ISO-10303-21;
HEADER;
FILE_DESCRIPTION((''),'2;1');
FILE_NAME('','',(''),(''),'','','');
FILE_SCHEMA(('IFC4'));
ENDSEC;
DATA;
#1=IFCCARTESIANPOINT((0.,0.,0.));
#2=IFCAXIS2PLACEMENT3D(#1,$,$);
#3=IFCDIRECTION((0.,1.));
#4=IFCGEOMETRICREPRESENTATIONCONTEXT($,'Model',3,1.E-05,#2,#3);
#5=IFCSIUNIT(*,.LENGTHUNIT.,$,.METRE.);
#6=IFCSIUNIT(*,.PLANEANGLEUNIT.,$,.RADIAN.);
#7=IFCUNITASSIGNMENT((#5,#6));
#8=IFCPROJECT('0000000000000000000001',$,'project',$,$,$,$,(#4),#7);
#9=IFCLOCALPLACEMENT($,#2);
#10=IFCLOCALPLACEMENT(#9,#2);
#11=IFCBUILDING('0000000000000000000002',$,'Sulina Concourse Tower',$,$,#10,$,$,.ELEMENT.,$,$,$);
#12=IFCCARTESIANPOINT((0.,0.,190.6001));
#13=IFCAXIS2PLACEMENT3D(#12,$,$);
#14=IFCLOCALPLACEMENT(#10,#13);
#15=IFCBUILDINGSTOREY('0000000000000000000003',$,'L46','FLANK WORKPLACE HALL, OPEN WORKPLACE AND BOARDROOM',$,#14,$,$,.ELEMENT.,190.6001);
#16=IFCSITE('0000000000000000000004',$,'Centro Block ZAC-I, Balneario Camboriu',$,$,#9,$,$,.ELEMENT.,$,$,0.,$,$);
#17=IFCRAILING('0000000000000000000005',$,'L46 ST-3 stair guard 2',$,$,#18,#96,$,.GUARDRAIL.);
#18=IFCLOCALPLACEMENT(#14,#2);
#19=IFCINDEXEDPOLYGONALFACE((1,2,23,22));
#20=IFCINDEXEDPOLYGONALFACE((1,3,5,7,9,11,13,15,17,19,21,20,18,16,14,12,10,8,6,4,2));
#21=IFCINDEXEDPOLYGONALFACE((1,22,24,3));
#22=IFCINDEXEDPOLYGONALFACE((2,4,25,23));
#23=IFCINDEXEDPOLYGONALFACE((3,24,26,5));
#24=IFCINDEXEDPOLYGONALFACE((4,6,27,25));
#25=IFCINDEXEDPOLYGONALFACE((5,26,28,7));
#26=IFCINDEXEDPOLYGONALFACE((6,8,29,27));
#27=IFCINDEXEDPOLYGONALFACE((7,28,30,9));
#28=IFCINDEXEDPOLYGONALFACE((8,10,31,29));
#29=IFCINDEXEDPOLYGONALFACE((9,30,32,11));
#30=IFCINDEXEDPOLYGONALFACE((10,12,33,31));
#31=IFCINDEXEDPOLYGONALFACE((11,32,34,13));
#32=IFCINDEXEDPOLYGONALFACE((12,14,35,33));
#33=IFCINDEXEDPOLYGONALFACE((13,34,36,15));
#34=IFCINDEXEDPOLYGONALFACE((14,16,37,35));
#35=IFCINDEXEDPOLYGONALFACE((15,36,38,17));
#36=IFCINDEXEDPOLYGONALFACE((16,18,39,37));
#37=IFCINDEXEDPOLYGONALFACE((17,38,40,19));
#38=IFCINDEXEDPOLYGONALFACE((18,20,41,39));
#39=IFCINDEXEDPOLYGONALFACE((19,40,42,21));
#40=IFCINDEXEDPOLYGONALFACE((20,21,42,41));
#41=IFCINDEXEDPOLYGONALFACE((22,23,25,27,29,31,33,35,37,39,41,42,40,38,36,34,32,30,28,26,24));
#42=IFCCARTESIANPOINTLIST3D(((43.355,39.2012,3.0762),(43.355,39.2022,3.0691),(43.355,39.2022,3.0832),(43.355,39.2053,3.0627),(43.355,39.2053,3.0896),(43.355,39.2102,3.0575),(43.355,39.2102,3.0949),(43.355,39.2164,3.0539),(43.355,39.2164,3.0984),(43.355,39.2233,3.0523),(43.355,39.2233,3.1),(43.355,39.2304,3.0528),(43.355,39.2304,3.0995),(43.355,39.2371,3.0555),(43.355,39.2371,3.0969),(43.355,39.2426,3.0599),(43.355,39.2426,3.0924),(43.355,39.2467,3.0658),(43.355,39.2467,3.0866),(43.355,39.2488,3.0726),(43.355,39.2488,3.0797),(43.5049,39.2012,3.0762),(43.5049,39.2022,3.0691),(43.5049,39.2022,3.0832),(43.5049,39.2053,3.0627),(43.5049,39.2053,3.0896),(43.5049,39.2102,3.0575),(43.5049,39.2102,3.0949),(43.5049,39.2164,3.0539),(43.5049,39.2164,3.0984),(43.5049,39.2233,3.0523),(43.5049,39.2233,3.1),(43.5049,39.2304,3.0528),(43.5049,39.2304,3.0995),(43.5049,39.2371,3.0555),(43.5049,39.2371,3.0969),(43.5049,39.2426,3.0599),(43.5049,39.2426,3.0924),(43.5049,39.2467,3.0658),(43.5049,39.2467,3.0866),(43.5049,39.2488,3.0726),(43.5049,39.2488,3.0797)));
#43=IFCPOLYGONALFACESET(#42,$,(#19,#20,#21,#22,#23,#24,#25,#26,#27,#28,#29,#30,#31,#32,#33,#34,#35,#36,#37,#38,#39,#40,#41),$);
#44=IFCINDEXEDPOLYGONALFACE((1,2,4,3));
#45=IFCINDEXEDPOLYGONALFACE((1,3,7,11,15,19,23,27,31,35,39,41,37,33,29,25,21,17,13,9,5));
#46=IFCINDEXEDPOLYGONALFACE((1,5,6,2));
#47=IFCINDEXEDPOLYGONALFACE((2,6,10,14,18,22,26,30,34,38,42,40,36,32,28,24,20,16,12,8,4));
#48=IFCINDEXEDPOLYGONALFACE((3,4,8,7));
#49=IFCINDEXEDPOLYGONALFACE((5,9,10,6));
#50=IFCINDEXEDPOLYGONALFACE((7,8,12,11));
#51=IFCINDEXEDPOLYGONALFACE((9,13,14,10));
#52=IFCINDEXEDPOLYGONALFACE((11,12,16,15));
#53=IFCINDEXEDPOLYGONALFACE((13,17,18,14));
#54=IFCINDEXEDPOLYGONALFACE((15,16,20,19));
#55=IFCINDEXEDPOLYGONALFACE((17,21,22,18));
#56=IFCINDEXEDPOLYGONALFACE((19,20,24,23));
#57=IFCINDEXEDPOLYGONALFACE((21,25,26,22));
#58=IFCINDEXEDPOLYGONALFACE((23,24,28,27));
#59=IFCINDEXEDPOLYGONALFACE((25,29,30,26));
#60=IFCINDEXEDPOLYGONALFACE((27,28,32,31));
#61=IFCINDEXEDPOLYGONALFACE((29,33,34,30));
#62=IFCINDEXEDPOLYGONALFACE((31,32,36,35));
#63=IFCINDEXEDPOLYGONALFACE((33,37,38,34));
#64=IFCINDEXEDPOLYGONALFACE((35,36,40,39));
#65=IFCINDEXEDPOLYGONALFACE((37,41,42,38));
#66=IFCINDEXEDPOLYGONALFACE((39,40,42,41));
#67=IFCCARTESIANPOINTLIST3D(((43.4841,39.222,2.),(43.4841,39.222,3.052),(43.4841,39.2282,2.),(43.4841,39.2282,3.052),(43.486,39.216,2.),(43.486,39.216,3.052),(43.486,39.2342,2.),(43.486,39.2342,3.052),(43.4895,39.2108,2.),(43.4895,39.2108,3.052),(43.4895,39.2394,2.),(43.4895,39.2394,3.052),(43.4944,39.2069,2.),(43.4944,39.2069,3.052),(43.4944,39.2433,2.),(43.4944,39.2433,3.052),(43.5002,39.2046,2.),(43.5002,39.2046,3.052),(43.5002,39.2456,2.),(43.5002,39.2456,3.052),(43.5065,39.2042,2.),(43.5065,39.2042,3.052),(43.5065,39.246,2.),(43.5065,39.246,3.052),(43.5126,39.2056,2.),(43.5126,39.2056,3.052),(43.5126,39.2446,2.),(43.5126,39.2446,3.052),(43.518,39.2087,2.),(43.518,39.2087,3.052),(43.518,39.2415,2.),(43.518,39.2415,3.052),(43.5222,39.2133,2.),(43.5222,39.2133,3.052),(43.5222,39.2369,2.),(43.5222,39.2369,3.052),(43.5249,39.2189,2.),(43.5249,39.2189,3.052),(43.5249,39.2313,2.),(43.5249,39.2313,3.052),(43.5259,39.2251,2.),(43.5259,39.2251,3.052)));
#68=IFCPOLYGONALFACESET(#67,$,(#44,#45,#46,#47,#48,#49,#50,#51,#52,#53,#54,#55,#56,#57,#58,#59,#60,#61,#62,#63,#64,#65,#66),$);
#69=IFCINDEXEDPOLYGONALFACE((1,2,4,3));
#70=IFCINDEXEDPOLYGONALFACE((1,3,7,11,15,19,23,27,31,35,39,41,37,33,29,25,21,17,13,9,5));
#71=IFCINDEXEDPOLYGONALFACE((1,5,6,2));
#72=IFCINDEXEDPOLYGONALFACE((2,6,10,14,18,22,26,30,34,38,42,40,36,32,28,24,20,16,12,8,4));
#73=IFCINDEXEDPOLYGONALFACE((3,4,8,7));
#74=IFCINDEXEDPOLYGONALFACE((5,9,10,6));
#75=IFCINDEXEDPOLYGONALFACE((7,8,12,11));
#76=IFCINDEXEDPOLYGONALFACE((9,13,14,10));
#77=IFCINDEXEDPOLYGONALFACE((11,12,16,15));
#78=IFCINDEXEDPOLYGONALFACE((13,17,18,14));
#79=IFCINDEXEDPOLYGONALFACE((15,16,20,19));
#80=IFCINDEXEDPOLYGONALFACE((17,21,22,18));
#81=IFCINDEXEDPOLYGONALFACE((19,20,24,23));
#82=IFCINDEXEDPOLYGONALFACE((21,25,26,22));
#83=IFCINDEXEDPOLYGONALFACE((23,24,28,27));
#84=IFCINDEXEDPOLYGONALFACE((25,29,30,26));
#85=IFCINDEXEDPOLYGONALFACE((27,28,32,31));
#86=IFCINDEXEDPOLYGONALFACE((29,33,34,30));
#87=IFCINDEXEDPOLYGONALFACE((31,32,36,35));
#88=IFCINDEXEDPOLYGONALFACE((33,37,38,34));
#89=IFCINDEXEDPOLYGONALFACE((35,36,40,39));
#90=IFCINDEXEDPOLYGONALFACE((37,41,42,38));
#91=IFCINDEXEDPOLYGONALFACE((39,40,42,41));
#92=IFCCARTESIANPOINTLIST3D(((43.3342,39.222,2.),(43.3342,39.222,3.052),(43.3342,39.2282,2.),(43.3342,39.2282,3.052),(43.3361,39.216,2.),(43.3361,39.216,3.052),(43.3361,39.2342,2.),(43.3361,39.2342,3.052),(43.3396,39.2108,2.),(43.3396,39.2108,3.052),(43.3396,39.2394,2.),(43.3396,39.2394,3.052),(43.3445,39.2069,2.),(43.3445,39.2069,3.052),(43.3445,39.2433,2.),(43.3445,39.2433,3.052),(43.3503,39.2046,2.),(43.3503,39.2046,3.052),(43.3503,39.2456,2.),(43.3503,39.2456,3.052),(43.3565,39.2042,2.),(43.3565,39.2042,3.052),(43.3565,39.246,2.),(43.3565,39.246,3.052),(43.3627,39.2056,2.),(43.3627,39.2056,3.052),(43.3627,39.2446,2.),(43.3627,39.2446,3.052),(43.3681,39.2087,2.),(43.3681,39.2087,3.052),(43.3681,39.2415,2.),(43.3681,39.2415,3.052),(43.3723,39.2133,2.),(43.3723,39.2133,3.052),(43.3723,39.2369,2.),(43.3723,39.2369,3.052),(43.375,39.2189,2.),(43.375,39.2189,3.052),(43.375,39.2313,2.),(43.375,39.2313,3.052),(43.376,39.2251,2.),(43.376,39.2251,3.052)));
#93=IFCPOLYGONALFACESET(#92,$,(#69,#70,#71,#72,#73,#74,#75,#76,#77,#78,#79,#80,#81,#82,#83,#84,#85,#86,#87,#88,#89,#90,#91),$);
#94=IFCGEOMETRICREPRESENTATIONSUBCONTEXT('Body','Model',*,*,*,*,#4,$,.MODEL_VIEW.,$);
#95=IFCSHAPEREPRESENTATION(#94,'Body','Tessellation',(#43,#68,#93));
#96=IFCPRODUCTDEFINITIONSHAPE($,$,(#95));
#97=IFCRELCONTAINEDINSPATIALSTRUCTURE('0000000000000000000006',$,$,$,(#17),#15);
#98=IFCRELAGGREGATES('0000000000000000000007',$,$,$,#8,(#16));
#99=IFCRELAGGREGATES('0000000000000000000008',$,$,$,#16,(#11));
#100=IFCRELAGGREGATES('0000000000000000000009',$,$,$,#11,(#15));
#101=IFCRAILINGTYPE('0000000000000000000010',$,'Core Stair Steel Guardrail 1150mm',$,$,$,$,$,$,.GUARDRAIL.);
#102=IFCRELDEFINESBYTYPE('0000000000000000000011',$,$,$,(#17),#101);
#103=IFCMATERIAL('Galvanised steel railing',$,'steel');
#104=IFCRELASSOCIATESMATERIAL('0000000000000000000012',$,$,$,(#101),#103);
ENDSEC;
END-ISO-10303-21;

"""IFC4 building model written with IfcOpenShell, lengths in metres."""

from ifc_helpers import new_model, si_unit, direction, frame, origin, origin_2d, place, context, subcontext, project, spatial, circle, extrude, material, type_object, element, save


model = new_model("IFC4")

# Units and contexts
model_context = context("Model", 3, precision=1e-05, world=origin(), true_north=direction((0.0, 1.0)))
body_context = subcontext(model_context, "Body", "Model", "MODEL_VIEW")
ifc_project = project(units=[si_unit("LENGTHUNIT", "METRE"), si_unit("PLANEANGLEUNIT", "RADIAN")], contexts=[model_context])

# Site, building, storey
site_placement = place(None, origin())
site = spatial("IfcSite", under=ifc_project, at=site_placement, Name="Centro Block ZAC-I, Balneario Camboriu", CompositionType="ELEMENT", RefElevation=0.0)
building_placement = place(site_placement, origin())
building = spatial("IfcBuilding", under=site, at=building_placement, Name="Sulina Concourse Tower", CompositionType="ELEMENT")
storey_placement = place(building_placement, frame((0.0, 0.0, 190.6001)))
storey = spatial("IfcBuildingStorey", under=building, at=storey_placement, Name="L46", Description="FLANK WORKPLACE HALL, OPEN WORKPLACE AND BOARDROOM", CompositionType="ELEMENT", Elevation=190.6001)

# Railing
ifc_material_1 = material(Name="Galvanised steel railing", Category="steel")
railing_type_1 = type_object("IfcRailingType", Name="Core Stair Steel Guardrail 1150mm", PredefinedType="GUARDRAIL", material=ifc_material_1)
railing_1_placement = place(storey_placement, frame((43.5049, 39.2251, 2.0)))
element("IfcRailing", 1, at=railing_1_placement, inside=storey, type_object=railing_type_1, Name="L46 ST-3 stair guard 2", PredefinedType="GUARDRAIL", context=body_context, shape_type="SweptSolid", body=[
    extrude(circle(Radius=0.0239, at=origin_2d()), frame((0.0, 0.0, 1.0762), z_axis=(-1.0, 0.0, 0.0), x_axis=(0.0, -1.0, 0.0)), (0.0, 0.0, 1.0), 0.1499),
    extrude(circle(Radius=0.021, at=origin_2d()), origin(), (0.0, 0.0, 1.0), 1.052),
    extrude(circle(Radius=0.021, at=origin_2d()), frame((-0.1499, 0.0, 0.0)), (0.0, 0.0, 1.0), 1.052),
])

save(model, "model.ifc")
